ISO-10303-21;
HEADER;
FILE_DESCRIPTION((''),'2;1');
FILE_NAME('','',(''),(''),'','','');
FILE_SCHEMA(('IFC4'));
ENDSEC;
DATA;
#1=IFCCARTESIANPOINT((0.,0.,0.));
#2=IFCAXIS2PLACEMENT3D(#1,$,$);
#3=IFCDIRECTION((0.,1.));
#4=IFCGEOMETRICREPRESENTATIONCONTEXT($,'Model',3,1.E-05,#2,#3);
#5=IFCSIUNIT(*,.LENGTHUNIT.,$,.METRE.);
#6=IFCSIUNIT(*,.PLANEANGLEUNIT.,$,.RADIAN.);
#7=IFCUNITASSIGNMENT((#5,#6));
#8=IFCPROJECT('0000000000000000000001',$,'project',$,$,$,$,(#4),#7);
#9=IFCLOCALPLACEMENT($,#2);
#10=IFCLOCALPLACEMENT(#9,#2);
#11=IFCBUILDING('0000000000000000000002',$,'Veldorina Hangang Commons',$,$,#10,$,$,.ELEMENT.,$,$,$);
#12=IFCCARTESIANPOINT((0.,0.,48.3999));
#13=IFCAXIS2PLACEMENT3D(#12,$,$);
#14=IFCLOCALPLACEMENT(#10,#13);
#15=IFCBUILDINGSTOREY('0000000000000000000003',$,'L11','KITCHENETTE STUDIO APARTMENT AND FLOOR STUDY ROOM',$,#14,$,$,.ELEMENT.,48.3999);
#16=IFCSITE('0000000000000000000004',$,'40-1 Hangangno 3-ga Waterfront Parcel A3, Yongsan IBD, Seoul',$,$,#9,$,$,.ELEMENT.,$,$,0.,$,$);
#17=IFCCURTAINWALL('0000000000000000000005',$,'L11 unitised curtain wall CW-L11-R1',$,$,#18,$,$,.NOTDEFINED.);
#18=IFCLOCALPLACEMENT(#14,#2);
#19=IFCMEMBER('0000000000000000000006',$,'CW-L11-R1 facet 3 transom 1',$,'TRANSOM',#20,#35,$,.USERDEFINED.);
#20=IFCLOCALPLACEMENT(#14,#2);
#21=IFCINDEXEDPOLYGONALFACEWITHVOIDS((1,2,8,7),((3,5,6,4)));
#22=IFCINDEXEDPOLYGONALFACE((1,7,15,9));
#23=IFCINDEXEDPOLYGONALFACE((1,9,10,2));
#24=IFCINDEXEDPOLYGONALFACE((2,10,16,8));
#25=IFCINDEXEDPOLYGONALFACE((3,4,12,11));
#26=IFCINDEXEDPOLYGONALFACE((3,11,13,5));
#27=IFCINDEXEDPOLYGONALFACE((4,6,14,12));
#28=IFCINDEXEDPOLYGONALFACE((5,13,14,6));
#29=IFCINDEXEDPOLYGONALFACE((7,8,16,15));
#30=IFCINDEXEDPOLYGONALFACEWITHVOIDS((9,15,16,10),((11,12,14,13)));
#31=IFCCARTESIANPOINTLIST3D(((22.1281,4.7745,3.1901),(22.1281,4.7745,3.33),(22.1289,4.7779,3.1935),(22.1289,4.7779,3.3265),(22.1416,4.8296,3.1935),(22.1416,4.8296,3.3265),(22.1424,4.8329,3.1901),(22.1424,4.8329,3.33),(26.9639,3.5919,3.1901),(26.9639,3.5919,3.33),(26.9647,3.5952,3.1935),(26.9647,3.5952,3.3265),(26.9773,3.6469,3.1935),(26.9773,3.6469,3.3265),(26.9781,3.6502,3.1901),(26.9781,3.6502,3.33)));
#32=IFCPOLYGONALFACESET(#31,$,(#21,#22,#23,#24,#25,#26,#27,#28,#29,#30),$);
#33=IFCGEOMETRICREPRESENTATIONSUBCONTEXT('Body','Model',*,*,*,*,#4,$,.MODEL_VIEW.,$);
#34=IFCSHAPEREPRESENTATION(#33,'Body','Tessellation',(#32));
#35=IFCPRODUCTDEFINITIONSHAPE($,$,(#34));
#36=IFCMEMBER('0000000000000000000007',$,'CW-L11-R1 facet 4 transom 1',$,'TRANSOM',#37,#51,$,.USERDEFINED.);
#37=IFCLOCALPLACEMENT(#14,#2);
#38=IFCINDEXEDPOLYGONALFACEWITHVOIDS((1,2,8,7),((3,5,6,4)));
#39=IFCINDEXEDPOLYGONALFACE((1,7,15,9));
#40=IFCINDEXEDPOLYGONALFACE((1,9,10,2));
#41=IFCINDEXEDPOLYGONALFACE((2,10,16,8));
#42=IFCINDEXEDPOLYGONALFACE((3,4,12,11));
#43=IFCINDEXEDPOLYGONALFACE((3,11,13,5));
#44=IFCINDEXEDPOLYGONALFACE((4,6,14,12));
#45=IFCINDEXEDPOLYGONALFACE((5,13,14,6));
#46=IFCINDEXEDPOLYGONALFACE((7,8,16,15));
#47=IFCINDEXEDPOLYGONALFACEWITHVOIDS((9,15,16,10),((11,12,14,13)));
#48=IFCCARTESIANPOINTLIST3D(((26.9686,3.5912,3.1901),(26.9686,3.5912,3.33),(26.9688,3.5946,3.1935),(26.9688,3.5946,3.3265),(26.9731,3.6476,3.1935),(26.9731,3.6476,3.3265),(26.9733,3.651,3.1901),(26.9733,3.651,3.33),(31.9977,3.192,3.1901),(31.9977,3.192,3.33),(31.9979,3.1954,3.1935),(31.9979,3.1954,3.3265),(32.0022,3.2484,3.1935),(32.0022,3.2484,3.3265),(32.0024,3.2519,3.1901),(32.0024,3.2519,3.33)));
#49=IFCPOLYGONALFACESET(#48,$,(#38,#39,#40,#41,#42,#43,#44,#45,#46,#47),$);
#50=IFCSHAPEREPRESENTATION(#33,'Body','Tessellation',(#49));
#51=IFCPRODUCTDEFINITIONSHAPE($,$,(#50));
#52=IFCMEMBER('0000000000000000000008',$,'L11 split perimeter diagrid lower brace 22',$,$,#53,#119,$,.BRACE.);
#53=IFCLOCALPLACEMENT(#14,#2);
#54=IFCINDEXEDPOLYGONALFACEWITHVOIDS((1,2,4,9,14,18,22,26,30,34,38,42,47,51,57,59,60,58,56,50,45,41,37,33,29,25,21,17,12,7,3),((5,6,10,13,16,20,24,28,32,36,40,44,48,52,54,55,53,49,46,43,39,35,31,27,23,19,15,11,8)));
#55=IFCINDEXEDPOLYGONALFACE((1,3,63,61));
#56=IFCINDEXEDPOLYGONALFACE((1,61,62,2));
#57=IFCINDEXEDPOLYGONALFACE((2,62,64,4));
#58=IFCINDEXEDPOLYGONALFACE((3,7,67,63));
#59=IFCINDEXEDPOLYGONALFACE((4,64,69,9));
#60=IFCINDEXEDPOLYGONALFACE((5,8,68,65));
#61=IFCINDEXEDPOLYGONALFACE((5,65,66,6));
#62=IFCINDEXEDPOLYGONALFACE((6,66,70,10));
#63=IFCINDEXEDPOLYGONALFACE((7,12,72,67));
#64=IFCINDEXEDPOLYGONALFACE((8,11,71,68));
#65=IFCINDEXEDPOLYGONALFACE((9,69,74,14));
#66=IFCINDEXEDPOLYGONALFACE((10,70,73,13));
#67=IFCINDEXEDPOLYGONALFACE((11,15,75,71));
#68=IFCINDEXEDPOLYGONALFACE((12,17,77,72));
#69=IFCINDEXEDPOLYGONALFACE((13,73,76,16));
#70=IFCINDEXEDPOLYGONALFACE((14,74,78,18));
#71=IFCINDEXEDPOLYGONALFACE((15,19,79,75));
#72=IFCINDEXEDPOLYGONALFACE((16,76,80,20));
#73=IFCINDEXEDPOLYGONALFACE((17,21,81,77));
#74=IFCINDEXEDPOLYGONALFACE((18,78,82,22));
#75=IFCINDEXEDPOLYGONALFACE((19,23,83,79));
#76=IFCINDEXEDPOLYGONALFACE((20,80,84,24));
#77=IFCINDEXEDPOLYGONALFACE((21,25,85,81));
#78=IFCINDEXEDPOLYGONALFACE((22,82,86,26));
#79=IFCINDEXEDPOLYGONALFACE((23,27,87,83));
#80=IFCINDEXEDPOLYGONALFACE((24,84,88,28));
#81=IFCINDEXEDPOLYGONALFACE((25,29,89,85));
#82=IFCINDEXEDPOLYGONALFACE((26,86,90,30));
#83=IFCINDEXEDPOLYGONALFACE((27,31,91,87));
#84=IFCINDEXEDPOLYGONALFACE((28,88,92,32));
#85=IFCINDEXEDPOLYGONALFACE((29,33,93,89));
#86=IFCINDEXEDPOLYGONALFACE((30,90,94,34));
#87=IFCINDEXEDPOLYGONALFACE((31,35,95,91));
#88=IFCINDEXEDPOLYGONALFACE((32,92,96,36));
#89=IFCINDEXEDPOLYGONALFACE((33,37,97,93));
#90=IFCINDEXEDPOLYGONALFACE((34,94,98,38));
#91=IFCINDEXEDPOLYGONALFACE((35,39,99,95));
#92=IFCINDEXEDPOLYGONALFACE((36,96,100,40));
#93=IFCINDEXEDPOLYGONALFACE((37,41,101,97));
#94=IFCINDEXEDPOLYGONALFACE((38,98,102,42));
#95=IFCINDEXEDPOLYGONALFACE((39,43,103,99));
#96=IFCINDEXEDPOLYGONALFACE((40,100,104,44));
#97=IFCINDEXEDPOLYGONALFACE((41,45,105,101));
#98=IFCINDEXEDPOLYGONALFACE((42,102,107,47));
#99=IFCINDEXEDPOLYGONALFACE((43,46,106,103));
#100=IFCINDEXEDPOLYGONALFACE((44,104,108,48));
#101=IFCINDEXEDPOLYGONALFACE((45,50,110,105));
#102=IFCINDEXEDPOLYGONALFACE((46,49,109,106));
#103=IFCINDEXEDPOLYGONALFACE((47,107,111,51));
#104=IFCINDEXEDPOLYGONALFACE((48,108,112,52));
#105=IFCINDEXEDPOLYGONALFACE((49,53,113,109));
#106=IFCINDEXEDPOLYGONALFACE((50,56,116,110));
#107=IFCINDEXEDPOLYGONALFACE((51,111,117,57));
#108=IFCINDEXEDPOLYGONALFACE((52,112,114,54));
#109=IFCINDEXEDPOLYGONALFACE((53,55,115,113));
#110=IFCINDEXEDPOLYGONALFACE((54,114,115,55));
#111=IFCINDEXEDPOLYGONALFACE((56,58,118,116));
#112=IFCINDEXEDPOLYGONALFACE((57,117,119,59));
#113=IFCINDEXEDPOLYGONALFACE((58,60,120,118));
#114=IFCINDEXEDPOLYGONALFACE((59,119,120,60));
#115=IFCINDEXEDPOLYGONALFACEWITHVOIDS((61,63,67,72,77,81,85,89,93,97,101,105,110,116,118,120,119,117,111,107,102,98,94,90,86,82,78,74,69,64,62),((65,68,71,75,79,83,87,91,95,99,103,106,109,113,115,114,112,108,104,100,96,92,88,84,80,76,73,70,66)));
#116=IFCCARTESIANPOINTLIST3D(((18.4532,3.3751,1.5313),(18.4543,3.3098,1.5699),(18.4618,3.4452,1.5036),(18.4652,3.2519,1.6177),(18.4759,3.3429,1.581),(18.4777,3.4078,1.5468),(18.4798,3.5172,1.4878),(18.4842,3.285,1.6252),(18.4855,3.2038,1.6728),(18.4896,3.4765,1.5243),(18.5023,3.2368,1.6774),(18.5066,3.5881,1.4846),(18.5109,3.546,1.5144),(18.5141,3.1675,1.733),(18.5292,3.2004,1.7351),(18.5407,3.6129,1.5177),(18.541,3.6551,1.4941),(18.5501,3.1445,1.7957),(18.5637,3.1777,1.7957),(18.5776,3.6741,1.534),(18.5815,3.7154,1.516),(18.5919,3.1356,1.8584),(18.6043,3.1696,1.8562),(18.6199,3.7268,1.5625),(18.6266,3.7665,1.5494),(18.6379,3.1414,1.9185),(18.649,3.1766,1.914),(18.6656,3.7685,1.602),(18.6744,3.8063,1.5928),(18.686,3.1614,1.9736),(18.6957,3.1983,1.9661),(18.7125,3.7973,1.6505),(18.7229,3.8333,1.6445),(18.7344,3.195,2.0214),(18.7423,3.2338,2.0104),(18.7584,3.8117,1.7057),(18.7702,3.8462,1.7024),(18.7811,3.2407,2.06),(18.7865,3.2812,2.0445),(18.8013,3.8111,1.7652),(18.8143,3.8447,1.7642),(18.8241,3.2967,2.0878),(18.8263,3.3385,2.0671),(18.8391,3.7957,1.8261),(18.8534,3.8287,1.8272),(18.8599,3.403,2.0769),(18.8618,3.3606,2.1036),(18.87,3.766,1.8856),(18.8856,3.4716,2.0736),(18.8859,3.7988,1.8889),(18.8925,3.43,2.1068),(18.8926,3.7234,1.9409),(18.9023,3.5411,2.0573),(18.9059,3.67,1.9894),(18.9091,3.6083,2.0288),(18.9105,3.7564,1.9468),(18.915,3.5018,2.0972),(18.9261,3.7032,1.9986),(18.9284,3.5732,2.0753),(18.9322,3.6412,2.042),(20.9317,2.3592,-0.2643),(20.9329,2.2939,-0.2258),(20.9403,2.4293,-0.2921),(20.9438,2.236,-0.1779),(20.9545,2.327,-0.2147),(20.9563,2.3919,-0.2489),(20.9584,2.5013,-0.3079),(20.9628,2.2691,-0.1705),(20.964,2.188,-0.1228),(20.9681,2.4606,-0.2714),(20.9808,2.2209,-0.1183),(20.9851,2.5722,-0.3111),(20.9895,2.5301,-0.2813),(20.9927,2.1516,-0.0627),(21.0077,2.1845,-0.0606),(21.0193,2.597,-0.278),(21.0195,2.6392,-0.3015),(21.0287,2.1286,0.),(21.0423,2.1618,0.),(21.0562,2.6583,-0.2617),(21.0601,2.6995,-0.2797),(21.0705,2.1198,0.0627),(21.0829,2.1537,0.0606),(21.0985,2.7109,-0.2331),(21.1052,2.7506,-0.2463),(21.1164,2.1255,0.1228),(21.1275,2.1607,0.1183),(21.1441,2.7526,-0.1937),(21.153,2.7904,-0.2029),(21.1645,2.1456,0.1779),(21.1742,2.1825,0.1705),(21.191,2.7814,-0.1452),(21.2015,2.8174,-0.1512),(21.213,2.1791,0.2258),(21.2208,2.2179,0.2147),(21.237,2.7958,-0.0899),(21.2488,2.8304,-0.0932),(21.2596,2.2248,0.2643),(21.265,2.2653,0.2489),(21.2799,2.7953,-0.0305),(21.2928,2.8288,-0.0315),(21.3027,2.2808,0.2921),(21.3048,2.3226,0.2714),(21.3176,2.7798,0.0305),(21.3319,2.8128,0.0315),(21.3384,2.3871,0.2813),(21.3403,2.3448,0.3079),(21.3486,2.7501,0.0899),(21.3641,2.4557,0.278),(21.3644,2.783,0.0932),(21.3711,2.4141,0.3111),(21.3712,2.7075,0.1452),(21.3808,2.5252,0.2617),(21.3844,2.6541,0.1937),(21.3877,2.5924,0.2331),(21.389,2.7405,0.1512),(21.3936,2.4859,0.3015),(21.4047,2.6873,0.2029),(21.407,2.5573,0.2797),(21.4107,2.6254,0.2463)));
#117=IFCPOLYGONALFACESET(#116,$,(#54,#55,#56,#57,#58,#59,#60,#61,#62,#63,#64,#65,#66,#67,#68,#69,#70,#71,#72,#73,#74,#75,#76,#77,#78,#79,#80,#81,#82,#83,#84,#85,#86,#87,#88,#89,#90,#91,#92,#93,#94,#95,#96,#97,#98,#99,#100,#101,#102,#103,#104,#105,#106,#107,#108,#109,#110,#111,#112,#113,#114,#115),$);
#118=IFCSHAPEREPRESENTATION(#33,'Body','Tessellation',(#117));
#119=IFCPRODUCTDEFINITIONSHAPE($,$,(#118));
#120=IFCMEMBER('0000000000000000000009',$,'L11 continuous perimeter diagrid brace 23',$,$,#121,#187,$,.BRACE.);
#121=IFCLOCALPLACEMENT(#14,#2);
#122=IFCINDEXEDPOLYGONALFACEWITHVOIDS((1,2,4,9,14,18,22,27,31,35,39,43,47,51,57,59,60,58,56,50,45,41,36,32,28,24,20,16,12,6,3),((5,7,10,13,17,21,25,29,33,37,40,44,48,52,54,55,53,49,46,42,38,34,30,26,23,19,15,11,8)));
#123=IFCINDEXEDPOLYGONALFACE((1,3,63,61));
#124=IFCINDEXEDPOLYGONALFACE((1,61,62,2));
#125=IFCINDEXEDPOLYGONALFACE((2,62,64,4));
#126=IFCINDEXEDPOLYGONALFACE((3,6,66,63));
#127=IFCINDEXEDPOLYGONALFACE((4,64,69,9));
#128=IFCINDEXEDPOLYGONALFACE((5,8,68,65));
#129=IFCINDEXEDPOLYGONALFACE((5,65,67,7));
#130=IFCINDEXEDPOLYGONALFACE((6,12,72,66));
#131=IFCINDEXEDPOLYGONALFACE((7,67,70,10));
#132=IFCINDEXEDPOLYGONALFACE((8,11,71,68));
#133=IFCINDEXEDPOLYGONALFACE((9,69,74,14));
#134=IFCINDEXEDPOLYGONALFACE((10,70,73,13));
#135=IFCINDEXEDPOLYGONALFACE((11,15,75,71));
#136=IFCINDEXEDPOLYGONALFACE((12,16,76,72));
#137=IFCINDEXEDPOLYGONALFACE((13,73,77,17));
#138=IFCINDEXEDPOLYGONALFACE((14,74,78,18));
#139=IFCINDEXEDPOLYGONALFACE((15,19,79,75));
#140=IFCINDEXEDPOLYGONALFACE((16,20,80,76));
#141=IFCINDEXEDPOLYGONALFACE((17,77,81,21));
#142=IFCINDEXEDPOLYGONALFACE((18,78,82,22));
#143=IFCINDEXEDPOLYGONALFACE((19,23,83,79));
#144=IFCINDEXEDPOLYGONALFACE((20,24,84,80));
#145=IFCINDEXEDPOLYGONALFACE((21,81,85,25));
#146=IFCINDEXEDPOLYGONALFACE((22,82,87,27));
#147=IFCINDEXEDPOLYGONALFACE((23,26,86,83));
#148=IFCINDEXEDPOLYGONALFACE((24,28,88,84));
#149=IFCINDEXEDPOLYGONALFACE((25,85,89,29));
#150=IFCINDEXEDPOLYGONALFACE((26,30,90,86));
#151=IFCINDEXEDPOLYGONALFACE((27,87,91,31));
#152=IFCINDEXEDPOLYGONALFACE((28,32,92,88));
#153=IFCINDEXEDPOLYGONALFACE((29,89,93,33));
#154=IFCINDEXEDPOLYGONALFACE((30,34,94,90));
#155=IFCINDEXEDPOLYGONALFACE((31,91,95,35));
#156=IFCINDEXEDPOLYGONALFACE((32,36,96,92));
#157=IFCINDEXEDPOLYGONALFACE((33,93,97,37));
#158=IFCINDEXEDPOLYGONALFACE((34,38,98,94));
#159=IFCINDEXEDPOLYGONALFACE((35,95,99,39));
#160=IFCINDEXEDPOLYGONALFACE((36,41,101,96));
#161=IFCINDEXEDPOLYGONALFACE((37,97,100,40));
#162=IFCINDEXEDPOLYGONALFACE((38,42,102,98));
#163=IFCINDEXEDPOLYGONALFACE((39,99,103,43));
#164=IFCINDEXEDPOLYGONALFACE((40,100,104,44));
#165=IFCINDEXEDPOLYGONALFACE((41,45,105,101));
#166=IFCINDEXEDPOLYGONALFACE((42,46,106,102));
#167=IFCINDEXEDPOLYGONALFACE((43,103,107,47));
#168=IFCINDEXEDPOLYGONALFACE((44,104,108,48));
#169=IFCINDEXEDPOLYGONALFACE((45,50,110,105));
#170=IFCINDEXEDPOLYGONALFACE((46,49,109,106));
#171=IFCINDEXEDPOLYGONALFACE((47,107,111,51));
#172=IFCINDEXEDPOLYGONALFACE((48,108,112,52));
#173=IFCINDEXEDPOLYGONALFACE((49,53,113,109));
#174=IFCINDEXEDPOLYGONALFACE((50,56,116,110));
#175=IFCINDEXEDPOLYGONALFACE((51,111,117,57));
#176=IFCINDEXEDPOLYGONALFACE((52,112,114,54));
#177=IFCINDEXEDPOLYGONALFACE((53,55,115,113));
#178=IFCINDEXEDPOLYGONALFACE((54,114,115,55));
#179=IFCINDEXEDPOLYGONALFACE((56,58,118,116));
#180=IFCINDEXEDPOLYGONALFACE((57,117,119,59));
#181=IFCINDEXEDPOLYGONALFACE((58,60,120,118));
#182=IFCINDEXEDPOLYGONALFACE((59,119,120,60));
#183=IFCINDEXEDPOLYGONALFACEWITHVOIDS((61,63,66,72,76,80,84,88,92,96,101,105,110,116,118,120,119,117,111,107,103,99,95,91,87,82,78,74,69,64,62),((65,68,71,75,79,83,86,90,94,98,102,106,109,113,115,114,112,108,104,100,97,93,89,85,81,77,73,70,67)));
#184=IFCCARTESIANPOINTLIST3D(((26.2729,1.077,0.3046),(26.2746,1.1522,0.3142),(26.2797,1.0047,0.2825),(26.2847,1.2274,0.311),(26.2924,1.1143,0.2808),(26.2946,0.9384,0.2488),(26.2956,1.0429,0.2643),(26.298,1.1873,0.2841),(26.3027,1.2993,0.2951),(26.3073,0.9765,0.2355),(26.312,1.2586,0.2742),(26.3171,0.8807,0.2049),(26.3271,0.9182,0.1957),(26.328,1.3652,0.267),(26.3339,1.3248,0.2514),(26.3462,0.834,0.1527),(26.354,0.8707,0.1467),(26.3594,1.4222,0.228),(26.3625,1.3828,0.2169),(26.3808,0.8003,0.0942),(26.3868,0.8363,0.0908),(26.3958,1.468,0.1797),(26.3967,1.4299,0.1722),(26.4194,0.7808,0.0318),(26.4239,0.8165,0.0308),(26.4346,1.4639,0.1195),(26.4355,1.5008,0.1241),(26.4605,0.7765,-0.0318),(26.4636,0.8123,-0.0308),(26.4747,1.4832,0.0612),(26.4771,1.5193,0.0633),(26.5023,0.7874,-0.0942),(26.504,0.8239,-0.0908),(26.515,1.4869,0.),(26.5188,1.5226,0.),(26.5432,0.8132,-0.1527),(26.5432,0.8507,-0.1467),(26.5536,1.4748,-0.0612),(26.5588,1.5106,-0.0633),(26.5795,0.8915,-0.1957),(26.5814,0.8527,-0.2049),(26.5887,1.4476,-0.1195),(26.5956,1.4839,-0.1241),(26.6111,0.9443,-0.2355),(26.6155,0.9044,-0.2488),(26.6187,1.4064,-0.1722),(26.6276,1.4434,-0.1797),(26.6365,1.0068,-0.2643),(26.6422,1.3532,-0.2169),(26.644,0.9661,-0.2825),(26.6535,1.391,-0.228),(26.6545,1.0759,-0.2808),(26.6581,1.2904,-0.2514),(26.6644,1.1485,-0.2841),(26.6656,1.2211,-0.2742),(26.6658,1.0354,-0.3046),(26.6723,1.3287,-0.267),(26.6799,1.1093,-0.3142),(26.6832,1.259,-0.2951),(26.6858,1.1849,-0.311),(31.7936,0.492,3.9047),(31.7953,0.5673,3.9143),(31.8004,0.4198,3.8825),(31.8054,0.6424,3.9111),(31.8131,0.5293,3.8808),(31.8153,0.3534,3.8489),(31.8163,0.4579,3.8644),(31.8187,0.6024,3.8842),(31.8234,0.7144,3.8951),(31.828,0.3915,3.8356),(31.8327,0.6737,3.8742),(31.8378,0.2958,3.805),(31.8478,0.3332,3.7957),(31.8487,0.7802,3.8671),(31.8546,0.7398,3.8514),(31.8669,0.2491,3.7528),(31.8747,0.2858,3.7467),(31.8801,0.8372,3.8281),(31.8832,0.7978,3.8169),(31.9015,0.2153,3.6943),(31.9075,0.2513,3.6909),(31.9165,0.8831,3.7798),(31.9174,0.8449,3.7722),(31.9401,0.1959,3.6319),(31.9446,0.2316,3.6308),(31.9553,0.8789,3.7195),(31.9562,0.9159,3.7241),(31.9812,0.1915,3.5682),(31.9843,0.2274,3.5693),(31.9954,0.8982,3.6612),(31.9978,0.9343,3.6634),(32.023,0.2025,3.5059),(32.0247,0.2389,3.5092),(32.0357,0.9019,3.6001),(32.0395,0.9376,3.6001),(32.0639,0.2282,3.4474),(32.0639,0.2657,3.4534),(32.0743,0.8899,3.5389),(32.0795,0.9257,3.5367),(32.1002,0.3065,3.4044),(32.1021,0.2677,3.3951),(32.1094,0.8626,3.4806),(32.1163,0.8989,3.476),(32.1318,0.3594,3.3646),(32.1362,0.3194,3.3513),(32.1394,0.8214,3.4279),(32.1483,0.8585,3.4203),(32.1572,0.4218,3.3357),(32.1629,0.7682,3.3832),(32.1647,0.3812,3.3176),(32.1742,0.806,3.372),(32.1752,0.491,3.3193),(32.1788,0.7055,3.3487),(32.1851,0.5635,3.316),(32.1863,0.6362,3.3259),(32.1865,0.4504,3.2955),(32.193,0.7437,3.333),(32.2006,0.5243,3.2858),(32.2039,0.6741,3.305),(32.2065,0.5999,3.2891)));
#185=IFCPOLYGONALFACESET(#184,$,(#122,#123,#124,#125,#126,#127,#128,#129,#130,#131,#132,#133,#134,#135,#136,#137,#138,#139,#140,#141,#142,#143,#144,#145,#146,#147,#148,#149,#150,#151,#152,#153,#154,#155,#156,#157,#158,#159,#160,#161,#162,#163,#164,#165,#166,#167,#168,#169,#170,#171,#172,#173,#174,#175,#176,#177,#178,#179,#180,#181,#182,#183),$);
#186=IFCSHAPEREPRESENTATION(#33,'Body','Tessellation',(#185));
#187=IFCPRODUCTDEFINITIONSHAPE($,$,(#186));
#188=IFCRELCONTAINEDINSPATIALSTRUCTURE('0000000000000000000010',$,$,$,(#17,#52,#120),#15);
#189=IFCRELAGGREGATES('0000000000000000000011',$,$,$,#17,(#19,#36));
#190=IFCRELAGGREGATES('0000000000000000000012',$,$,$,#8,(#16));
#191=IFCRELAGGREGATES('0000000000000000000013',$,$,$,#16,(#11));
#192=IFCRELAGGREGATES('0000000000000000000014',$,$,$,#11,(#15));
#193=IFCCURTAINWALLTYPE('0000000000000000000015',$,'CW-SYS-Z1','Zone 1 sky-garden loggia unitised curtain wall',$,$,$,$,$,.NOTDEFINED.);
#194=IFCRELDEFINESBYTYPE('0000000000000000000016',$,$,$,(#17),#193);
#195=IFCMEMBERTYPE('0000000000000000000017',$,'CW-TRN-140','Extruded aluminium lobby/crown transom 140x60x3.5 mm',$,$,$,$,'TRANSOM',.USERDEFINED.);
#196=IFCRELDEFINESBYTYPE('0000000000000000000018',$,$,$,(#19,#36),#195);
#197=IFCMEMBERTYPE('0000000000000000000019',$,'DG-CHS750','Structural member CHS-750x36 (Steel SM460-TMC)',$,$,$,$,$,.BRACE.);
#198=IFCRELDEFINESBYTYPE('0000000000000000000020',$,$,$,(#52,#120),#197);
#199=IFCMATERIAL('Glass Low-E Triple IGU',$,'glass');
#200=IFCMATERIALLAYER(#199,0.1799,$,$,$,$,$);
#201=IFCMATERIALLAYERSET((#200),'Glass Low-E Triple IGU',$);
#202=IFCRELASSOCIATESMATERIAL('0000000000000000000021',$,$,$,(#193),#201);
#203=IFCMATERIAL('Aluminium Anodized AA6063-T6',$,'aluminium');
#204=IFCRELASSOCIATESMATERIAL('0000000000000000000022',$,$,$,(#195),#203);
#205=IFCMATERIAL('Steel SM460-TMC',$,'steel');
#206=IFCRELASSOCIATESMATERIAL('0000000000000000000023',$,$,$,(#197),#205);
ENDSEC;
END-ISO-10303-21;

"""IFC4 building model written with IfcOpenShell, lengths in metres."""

from ifc_helpers import new_model, si_unit, direction, frame, origin, origin_2d, place, context, subcontext, project, spatial, hollow_rectangle, hollow_circle, extrude, material, layer, layer_set, material_profile, profile_set, type_object, element, aggregate, save


model = new_model("IFC4")

# Units and contexts
model_context = context("Model", 3, precision=1e-05, world=origin(), true_north=direction((0.0, 1.0)))
body_context = subcontext(model_context, "Body", "Model", "MODEL_VIEW")
ifc_project = project(units=[si_unit("LENGTHUNIT", "METRE"), si_unit("PLANEANGLEUNIT", "RADIAN")], contexts=[model_context])

# Site, building, storey
site_placement = place(None, origin())
site = spatial("IfcSite", under=ifc_project, at=site_placement, Name="40-1 Hangangno 3-ga Waterfront Parcel A3, Yongsan IBD, Seoul", CompositionType="ELEMENT", RefElevation=0.0)
building_placement = place(site_placement, origin())
building = spatial("IfcBuilding", under=site, at=building_placement, Name="Veldorina Hangang Commons", CompositionType="ELEMENT")
storey_placement = place(building_placement, frame((0.0, 0.0, 48.3999)))
storey = spatial("IfcBuildingStorey", under=building, at=storey_placement, Name="L11", Description="KITCHENETTE STUDIO APARTMENT AND FLOOR STUDY ROOM", CompositionType="ELEMENT", Elevation=48.3999)

# Shared definitions
ifc_material_1 = material(Name="Steel SM460-TMC", Category="steel")

# Curtain wall, members
ifc_material_2 = material(Name="Glass Low-E Triple IGU", Category="glass")
ifc_layer_1 = layer(ifc_material_2, 0.1799)
ifc_layer_set_1 = layer_set([ifc_layer_1], Name="Glass Low-E Triple IGU")
curtain_wall_type = type_object("IfcCurtainWallType", Name="CW-SYS-Z1", Description="Zone 1 sky-garden loggia unitised curtain wall", PredefinedType="NOTDEFINED", material=ifc_layer_set_1)
curtain_wall_placement = place(storey_placement, origin())
curtain_wall = element("IfcCurtainWall", 1, at=curtain_wall_placement, inside=storey, type_object=curtain_wall_type, Name="L11 unitised curtain wall CW-L11-R1", PredefinedType="NOTDEFINED")
ifc_material_3 = material(Name="Aluminium Anodized AA6063-T6", Category="aluminium")
ifc_material_profile_1 = material_profile(ifc_material_3, hollow_rectangle(XDim=0.0601, YDim=0.1399, WallThickness=0.0034, at=origin_2d()), Name="ALU-RHS-140x60x3.5")
ifc_profile_set_1 = profile_set([ifc_material_profile_1], Name="Aluminium Anodized AA6063-T6")
member_type_1 = type_object("IfcMemberType", Name="CW-TRN-140", Description="Extruded aluminium lobby/crown transom 140x60x3.5 mm", ElementType="TRANSOM", PredefinedType="USERDEFINED", material=ifc_profile_set_1)
member_1_placement = place(storey_placement, frame((22.1353, 4.8037, 3.26), z_axis=(0.971373, -0.237559, 0.0), x_axis=(0.237559, 0.971373, 0.0)))
member_1 = element("IfcMember", 2, at=member_1_placement, type_object=member_type_1, Name="CW-L11-R1 facet 3 transom 1", ObjectType="TRANSOM", PredefinedType="USERDEFINED", context=body_context, shape_type="SweptSolid", body=[
    extrude(hollow_rectangle(XDim=0.0601, YDim=0.1399, WallThickness=0.0034, at=origin_2d()), origin(), (0.0, 0.0, 1.0), 4.9783),
])
member_2_placement = place(storey_placement, frame((26.9709, 3.6211, 3.26), z_axis=(0.996865, -0.079124, 0.0), x_axis=(0.079124, 0.996865, 0.0)))
member_2 = element("IfcMember", 3, at=member_2_placement, type_object=member_type_1, Name="CW-L11-R1 facet 4 transom 1", ObjectType="TRANSOM", PredefinedType="USERDEFINED", context=body_context, shape_type="SweptSolid", body=[
    extrude(hollow_rectangle(XDim=0.0601, YDim=0.1399, WallThickness=0.0034, at=origin_2d()), origin(), (0.0, 0.0, 1.0), 5.0449),
])

# Members
ifc_material_profile_2 = material_profile(ifc_material_1, hollow_circle(Radius=0.375, WallThickness=0.0359, at=origin_2d()), Name="CHS-750x36")
ifc_profile_set_2 = profile_set([ifc_material_profile_2], Name="Steel SM460-TMC")
member_type_2 = type_object("IfcMemberType", Name="DG-CHS750", Description="Structural member CHS-750x36 (Steel SM460-TMC)", PredefinedType="BRACE", material=ifc_profile_set_2)
member_3_placement = place(storey_placement, frame((21.1709, 2.4756, 0.0), z_axis=(-0.768577, 0.315017, 0.556825), x_axis=(-0.37925, -0.925294, 0.0)))
element("IfcMember", 4, at=member_3_placement, inside=storey, type_object=member_type_2, Name="L11 split perimeter diagrid lower brace 22", PredefinedType="BRACE", context=body_context, shape_type="SweptSolid", body=[
    extrude(hollow_circle(Radius=0.375, WallThickness=0.0359, at=origin_2d()), origin(), (0.0, 0.0, 1.0), 3.2249),
])
member_4_placement = place(storey_placement, frame((26.4792, 1.1497, 0.0), z_axis=(0.834358, -0.088406, 0.544087), x_axis=(0.105367, 0.994433, 0.0)))
element("IfcMember", 5, at=member_4_placement, inside=storey, type_object=member_type_2, Name="L11 continuous perimeter diagrid brace 23", PredefinedType="BRACE", context=body_context, shape_type="SweptSolid", body=[
    extrude(hollow_circle(Radius=0.375, WallThickness=0.0359, at=origin_2d()), origin(), (0.0, 0.0, 1.0), 6.6167),
])

aggregate(curtain_wall, [member_1, member_2])

save(model, "model.ifc")
